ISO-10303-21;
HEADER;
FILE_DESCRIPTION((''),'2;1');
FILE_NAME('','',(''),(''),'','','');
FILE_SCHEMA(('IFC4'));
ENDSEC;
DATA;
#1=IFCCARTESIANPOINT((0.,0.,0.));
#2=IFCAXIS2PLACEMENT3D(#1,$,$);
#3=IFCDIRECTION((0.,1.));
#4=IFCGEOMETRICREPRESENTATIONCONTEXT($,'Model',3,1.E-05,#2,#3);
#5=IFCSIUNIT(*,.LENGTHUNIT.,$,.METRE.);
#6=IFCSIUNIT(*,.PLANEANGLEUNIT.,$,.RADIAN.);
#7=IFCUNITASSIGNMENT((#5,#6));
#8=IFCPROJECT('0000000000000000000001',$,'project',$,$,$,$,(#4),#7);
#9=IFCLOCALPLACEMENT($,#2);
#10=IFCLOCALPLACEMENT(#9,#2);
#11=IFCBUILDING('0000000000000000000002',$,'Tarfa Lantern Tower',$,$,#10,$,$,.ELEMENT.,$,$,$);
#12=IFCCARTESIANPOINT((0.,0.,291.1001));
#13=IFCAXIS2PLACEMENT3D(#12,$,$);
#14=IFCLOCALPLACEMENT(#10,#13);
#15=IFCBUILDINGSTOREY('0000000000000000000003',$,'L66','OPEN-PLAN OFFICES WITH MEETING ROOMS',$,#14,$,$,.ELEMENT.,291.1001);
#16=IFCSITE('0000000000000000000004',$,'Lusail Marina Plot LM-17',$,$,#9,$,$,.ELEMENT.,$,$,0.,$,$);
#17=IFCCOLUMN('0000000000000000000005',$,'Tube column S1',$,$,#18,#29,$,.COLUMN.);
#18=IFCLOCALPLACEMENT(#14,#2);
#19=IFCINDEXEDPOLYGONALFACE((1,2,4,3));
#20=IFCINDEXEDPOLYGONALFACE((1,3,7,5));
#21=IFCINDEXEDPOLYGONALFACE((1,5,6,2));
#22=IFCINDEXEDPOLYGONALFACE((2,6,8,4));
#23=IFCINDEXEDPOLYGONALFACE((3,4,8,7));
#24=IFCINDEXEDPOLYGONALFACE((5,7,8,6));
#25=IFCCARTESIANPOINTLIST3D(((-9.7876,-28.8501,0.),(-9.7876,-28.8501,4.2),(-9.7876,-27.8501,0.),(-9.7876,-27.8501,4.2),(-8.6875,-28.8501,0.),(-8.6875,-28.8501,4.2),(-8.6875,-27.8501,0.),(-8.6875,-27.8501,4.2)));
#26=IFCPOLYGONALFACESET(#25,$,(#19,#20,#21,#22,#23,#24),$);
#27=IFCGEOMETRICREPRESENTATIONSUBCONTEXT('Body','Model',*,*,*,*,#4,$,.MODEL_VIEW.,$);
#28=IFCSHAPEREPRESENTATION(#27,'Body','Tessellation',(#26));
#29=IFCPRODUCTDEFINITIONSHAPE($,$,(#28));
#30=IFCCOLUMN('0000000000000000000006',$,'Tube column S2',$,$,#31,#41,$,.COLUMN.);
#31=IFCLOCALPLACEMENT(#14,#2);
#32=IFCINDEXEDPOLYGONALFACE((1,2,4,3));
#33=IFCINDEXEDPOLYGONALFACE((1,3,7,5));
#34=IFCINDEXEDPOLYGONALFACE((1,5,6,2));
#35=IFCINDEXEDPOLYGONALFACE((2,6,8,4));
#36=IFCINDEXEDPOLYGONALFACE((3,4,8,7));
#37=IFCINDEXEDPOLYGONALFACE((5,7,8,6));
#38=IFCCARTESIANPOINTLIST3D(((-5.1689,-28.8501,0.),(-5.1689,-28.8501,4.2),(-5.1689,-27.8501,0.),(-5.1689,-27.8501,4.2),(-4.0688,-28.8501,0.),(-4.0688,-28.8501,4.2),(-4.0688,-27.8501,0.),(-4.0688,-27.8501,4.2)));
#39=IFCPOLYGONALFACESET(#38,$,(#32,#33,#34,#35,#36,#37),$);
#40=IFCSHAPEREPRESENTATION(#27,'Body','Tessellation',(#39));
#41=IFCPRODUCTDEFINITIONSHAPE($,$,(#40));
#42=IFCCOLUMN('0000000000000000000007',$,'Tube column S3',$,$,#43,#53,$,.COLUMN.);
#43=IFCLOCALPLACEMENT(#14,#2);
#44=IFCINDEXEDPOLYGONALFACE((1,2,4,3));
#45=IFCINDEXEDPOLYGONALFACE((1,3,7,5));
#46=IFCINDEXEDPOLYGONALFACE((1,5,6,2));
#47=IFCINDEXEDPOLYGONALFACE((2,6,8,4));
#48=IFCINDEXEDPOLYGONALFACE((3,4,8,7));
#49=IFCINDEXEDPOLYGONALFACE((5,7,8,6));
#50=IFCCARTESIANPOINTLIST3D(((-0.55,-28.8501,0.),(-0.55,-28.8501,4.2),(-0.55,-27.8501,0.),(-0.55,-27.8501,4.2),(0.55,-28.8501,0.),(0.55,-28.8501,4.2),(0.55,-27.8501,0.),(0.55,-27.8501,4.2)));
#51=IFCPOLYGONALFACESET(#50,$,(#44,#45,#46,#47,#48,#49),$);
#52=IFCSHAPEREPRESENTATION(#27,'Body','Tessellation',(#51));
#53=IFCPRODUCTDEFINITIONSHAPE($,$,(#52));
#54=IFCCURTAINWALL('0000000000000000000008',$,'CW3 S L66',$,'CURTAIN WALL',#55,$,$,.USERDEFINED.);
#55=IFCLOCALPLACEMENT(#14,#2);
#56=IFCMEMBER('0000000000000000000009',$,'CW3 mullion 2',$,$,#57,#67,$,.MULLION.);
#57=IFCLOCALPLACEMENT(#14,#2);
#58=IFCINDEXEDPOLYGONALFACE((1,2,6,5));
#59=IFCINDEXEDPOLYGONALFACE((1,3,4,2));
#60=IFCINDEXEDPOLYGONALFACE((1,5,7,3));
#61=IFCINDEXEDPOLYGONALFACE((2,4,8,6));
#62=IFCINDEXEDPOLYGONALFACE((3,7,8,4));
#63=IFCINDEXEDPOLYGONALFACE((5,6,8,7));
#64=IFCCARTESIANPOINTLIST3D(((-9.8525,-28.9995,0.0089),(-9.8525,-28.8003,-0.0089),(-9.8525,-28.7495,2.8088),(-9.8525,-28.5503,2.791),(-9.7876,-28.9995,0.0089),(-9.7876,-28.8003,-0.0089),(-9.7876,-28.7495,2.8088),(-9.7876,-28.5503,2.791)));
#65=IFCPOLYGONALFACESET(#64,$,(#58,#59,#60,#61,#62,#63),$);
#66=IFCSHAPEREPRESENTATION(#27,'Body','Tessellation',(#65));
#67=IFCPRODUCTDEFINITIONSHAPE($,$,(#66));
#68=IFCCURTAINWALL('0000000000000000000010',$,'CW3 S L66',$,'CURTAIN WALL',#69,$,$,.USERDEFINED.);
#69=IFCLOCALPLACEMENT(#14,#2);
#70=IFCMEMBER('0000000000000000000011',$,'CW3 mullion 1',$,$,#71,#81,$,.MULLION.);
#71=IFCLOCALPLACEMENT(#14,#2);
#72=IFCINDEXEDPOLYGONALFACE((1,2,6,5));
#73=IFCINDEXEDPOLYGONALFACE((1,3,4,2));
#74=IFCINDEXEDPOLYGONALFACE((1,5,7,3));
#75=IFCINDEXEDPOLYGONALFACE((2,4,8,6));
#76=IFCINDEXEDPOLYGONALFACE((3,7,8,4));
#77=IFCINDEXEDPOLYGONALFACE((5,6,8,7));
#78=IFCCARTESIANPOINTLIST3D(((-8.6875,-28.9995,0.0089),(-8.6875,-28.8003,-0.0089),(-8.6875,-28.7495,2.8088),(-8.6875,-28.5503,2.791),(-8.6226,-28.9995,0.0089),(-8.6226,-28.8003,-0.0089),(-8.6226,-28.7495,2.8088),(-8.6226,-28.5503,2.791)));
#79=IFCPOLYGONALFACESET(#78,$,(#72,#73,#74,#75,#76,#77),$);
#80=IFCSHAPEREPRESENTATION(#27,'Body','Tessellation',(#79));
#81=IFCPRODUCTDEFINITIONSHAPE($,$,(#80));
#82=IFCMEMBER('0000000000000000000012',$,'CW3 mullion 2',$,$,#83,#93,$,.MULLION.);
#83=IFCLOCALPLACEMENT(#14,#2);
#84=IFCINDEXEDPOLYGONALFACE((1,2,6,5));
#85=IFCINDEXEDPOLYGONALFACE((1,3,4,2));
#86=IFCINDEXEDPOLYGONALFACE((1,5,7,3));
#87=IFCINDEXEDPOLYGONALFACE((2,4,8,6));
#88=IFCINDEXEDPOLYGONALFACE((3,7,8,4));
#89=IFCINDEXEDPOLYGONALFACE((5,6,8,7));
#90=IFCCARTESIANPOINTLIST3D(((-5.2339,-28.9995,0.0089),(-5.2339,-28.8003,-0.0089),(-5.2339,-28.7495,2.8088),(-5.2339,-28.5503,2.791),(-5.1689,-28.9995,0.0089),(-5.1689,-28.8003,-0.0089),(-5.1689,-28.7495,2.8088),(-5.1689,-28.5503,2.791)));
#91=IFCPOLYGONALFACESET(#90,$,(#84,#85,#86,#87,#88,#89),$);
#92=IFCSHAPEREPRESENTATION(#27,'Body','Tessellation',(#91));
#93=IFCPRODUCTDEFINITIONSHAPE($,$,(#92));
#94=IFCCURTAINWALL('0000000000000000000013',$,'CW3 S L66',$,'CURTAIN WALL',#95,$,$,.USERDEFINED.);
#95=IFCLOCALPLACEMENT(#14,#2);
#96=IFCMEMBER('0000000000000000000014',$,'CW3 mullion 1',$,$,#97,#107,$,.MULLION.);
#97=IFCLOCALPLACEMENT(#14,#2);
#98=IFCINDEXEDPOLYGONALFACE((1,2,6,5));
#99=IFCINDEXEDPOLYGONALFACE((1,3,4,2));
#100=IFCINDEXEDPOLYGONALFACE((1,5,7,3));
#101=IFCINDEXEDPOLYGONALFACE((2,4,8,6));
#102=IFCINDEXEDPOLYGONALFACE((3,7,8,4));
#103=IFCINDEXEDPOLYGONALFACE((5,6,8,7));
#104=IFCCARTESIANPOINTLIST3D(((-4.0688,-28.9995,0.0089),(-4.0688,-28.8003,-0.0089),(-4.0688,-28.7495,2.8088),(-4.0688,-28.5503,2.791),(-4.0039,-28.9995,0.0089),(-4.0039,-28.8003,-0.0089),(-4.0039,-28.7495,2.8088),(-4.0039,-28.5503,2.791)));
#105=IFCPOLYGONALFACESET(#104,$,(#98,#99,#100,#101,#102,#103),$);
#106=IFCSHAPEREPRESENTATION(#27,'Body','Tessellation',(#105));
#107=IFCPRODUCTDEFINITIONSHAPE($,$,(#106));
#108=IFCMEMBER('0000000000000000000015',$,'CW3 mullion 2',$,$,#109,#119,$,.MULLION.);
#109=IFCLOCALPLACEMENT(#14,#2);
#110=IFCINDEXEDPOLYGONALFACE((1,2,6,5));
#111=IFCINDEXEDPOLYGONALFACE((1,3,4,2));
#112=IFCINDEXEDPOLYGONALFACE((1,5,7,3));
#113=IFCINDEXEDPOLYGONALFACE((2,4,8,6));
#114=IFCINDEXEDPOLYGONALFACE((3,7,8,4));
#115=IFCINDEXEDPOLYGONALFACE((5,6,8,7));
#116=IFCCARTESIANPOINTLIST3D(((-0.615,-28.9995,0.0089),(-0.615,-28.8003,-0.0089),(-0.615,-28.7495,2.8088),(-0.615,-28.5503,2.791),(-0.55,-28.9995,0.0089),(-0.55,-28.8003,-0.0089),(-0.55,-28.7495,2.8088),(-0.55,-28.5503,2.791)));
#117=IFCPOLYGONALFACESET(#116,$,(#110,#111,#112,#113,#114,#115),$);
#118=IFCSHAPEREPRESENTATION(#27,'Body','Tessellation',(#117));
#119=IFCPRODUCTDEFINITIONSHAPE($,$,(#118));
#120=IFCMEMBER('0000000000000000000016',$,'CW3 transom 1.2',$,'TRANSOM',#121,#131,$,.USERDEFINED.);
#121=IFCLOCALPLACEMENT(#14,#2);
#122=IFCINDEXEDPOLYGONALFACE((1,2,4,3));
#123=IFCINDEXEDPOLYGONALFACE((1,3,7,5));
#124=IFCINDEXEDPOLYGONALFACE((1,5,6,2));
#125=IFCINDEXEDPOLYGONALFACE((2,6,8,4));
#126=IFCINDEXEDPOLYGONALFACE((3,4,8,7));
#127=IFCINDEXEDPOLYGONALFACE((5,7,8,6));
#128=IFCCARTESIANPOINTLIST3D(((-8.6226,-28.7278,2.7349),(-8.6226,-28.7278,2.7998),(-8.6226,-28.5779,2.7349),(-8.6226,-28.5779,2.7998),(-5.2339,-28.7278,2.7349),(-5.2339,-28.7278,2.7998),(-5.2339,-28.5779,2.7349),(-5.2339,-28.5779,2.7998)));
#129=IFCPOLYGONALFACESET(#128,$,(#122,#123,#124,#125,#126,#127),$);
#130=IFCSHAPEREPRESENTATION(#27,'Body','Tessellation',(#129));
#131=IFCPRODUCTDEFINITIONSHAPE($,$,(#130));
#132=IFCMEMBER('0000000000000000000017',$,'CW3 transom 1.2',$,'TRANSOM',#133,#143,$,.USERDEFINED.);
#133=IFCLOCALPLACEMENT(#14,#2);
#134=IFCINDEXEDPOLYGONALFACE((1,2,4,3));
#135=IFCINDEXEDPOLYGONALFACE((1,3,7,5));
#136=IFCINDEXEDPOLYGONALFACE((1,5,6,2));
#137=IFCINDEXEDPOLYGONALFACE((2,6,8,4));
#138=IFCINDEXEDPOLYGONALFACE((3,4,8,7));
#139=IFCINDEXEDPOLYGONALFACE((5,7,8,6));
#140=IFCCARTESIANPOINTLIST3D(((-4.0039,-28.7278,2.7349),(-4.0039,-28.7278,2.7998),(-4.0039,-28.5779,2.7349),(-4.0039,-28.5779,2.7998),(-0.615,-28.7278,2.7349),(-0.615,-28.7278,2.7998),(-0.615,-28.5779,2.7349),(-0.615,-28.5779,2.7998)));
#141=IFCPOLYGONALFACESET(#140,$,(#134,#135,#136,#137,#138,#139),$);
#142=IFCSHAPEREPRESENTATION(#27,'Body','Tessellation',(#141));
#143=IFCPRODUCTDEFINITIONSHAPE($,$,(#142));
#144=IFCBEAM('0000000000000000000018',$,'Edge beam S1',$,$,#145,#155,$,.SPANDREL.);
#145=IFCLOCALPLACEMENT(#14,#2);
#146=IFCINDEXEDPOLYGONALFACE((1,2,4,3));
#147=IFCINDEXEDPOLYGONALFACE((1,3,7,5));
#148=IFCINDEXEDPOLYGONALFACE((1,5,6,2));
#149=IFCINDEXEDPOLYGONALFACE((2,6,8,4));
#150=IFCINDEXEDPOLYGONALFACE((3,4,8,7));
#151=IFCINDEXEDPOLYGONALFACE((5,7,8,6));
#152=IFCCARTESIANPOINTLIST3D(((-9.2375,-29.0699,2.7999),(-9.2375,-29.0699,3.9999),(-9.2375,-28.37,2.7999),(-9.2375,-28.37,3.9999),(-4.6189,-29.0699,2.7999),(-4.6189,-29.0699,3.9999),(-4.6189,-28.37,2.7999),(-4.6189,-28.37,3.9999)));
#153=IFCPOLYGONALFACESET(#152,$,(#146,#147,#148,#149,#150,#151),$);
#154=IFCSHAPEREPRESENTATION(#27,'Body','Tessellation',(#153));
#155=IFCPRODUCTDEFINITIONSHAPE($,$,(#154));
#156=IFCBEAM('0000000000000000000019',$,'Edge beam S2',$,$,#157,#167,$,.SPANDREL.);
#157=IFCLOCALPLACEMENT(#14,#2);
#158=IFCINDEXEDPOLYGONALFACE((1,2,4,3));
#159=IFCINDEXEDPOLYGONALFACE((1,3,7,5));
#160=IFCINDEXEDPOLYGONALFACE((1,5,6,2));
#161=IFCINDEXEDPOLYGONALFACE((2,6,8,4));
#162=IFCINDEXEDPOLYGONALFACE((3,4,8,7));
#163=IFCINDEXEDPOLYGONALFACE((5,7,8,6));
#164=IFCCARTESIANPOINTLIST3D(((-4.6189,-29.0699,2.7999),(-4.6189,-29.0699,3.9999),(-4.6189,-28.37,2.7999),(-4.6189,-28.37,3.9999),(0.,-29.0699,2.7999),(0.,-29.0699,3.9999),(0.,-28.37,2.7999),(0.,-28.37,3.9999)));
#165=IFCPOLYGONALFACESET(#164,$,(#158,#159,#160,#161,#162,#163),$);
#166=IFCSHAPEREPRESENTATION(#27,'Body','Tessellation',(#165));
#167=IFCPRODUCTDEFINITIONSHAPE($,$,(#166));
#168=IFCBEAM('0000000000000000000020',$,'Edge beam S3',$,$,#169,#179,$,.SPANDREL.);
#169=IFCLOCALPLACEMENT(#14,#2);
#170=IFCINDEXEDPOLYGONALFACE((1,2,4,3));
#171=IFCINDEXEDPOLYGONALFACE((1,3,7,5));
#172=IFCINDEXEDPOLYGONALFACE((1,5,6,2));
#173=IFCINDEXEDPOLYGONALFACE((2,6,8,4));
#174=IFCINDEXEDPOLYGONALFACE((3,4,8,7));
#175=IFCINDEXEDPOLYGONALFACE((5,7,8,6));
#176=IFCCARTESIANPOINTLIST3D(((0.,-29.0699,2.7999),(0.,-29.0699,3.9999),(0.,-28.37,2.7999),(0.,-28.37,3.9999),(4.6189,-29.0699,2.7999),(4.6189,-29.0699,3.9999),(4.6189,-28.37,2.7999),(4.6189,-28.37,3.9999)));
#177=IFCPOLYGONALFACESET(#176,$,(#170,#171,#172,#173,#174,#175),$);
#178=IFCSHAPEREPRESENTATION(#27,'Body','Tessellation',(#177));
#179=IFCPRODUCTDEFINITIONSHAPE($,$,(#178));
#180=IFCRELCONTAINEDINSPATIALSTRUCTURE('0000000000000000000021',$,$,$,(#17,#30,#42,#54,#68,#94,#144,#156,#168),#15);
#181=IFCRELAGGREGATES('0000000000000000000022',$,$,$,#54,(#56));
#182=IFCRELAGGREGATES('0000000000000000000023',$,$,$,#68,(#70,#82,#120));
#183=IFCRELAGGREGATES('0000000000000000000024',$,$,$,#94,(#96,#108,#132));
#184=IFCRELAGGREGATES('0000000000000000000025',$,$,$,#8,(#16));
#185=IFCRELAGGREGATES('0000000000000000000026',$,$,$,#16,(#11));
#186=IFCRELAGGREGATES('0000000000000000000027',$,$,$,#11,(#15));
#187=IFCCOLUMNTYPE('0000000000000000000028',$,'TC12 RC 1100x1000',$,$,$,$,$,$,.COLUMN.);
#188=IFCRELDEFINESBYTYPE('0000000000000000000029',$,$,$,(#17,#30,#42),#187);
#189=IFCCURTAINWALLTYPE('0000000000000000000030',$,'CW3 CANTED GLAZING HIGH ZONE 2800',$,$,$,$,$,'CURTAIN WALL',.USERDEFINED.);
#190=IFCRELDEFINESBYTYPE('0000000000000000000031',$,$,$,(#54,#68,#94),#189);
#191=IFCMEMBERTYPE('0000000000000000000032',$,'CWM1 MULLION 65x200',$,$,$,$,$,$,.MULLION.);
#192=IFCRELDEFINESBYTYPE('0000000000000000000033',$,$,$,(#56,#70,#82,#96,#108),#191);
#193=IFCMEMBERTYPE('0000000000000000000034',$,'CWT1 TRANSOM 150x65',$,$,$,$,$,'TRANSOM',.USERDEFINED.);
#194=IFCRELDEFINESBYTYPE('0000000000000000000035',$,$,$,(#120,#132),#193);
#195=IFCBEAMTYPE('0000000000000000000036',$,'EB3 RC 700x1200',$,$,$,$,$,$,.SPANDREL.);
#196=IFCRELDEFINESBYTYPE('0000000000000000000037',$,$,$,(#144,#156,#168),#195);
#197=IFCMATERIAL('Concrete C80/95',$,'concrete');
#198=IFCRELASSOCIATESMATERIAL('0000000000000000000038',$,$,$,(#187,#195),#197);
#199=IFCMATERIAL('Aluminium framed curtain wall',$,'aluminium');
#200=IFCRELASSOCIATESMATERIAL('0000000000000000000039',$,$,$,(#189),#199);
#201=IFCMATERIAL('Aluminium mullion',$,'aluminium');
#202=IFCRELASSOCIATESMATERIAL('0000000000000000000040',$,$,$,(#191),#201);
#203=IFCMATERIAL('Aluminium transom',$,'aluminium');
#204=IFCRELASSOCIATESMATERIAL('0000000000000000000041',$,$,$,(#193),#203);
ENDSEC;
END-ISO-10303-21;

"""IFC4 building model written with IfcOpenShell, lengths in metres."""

from ifc_helpers import new_model, si_unit, direction, frame, origin, origin_2d, place, context, subcontext, project, spatial, rectangle, extrude, material, material_profile, profile_set, type_object, element, aggregate, save


model = new_model("IFC4")

# Units and contexts
model_context = context("Model", 3, precision=1e-05, world=origin(), true_north=direction((0.0, 1.0)))
body_context = subcontext(model_context, "Body", "Model", "MODEL_VIEW")
ifc_project = project(units=[si_unit("LENGTHUNIT", "METRE"), si_unit("PLANEANGLEUNIT", "RADIAN")], contexts=[model_context])

# Site, building, storey
site_placement = place(None, origin())
site = spatial("IfcSite", under=ifc_project, at=site_placement, Name="Lusail Marina Plot LM-17", CompositionType="ELEMENT", RefElevation=0.0)
building_placement = place(site_placement, origin())
building = spatial("IfcBuilding", under=site, at=building_placement, Name="Tarfa Lantern Tower", CompositionType="ELEMENT")
storey_placement = place(building_placement, frame((0.0, 0.0, 291.1001)))
storey = spatial("IfcBuildingStorey", under=building, at=storey_placement, Name="L66", Description="OPEN-PLAN OFFICES WITH MEETING ROOMS", CompositionType="ELEMENT", Elevation=291.1001)

# Columns
ifc_material_1 = material(Name="Concrete C80/95", Category="concrete")
ifc_material_profile_1 = material_profile(ifc_material_1, rectangle(XDim=1.1001, YDim=1.0, at=origin_2d()), Name="RC 1100x1000")
ifc_profile_set_1 = profile_set([ifc_material_profile_1], Name="Concrete C80/95")
column_type = type_object("IfcColumnType", Name="TC12 RC 1100x1000", PredefinedType="COLUMN", material=ifc_profile_set_1)
for number, where, z_axis, x_axis, name in (
    (1, (-9.2375, -28.3501, 0.0), (0.0, 0.0, 1.0), (1.0, 0.0, 0.0), "Tube column S1"),
    (2, (-4.6189, -28.3501, 0.0), (0.0, 0.0, 1.0), (1.0, 0.0, 0.0), "Tube column S2"),
    (3, (0.0, -28.3501, 0.0), (0.0, 0.0, 1.0), (1.0, 0.0, 0.0), "Tube column S3"),
):
    element("IfcColumn", number, at=place(storey_placement, frame(where, z_axis=z_axis, x_axis=x_axis)), inside=storey, type_object=column_type, Name=name, PredefinedType="COLUMN", context=body_context, shape_type="SweptSolid", body=[
        extrude(rectangle(XDim=1.1001, YDim=1.0, at=origin_2d()), origin(), (0.0, 0.0, 1.0), 4.2),
    ])

# Curtain wall, member
ifc_material_2 = material(Name="Aluminium framed curtain wall", Category="aluminium")
curtain_wall_type = type_object("IfcCurtainWallType", Name="CW3 CANTED GLAZING HIGH ZONE 2800", ElementType="CURTAIN WALL", PredefinedType="USERDEFINED", material=ifc_material_2)
curtain_wall_1_placement = place(storey_placement, origin())
curtain_wall_1 = element("IfcCurtainWall", 4, at=curtain_wall_1_placement, inside=storey, type_object=curtain_wall_type, Name="CW3 S L66", ObjectType="CURTAIN WALL", PredefinedType="USERDEFINED")
ifc_material_3 = material(Name="Aluminium mullion", Category="aluminium")
ifc_material_profile_2 = material_profile(ifc_material_3, rectangle(XDim=0.0649, YDim=0.2, at=origin_2d()), Name="AL MULLION 65x200")
ifc_profile_set_2 = profile_set([ifc_material_profile_2], Name="Aluminium mullion")
member_type_1 = type_object("IfcMemberType", Name="CWM1 MULLION 65x200", PredefinedType="MULLION", material=ifc_profile_set_2)
member_1_placement = place(storey_placement, frame((-9.8201, -28.8999, 0.0), z_axis=(0.0, 0.088938, 0.996037), x_axis=(-1.0, 0.0, 0.0)))
member_1 = element("IfcMember", 5, at=member_1_placement, type_object=member_type_1, Name="CW3 mullion 2", PredefinedType="MULLION", context=body_context, shape_type="SweptSolid", body=[
    extrude(rectangle(XDim=0.0649, YDim=0.2, at=origin_2d()), origin(), (0.0, 0.0, 1.0), 2.811),
])
aggregate(curtain_wall_1, [member_1])

# Curtain walls, members
curtain_wall_2_placement = place(storey_placement, origin())
curtain_wall_2 = element("IfcCurtainWall", 6, at=curtain_wall_2_placement, inside=storey, type_object=curtain_wall_type, Name="CW3 S L66", ObjectType="CURTAIN WALL", PredefinedType="USERDEFINED")
member_2_placement = place(storey_placement, frame((-8.655, -28.8999, 0.0), z_axis=(0.0, 0.088938, 0.996037), x_axis=(-1.0, 0.0, 0.0)))
member_2 = element("IfcMember", 7, at=member_2_placement, type_object=member_type_1, Name="CW3 mullion 1", PredefinedType="MULLION", context=body_context, shape_type="SweptSolid", body=[
    extrude(rectangle(XDim=0.0649, YDim=0.2, at=origin_2d()), origin(), (0.0, 0.0, 1.0), 2.811),
])
member_3_placement = place(storey_placement, frame((-5.2014, -28.8999, 0.0), z_axis=(0.0, 0.088938, 0.996037), x_axis=(-1.0, 0.0, 0.0)))
member_3 = element("IfcMember", 8, at=member_3_placement, type_object=member_type_1, Name="CW3 mullion 2", PredefinedType="MULLION", context=body_context, shape_type="SweptSolid", body=[
    extrude(rectangle(XDim=0.0649, YDim=0.2, at=origin_2d()), origin(), (0.0, 0.0, 1.0), 2.811),
])
curtain_wall_3_placement = place(storey_placement, origin())
curtain_wall_3 = element("IfcCurtainWall", 9, at=curtain_wall_3_placement, inside=storey, type_object=curtain_wall_type, Name="CW3 S L66", ObjectType="CURTAIN WALL", PredefinedType="USERDEFINED")
member_4_placement = place(storey_placement, frame((-4.0364, -28.8999, 0.0), z_axis=(0.0, 0.088938, 0.996037), x_axis=(-1.0, 0.0, 0.0)))
member_4 = element("IfcMember", 10, at=member_4_placement, type_object=member_type_1, Name="CW3 mullion 1", PredefinedType="MULLION", context=body_context, shape_type="SweptSolid", body=[
    extrude(rectangle(XDim=0.0649, YDim=0.2, at=origin_2d()), origin(), (0.0, 0.0, 1.0), 2.811),
])
member_5_placement = place(storey_placement, frame((-0.5825, -28.8999, 0.0), z_axis=(0.0, 0.088938, 0.996037), x_axis=(-1.0, 0.0, 0.0)))
member_5 = element("IfcMember", 11, at=member_5_placement, type_object=member_type_1, Name="CW3 mullion 2", PredefinedType="MULLION", context=body_context, shape_type="SweptSolid", body=[
    extrude(rectangle(XDim=0.0649, YDim=0.2, at=origin_2d()), origin(), (0.0, 0.0, 1.0), 2.811),
])

# Members
ifc_material_4 = material(Name="Aluminium transom", Category="aluminium")
ifc_material_profile_3 = material_profile(ifc_material_4, rectangle(XDim=0.1499, YDim=0.0649, at=origin_2d()), Name="AL TRANSOM 150x65")
ifc_profile_set_3 = profile_set([ifc_material_profile_3], Name="Aluminium transom")
member_type_2 = type_object("IfcMemberType", Name="CWT1 TRANSOM 150x65", ElementType="TRANSOM", PredefinedType="USERDEFINED", material=ifc_profile_set_3)
member_6_placement = place(storey_placement, frame((-8.6226, -28.6528, 2.7673), z_axis=(1.0, 0.0, 0.0), x_axis=(0.0, 1.0, 0.0)))
member_6 = element("IfcMember", 12, at=member_6_placement, type_object=member_type_2, Name="CW3 transom 1.2", ObjectType="TRANSOM", PredefinedType="USERDEFINED", context=body_context, shape_type="SweptSolid", body=[
    extrude(rectangle(XDim=0.1499, YDim=0.0649, at=origin_2d()), origin(), (0.0, 0.0, 1.0), 3.3887),
])
member_7_placement = place(storey_placement, frame((-4.0039, -28.6528, 2.7673), z_axis=(1.0, 0.0, 0.0), x_axis=(0.0, 1.0, 0.0)))
member_7 = element("IfcMember", 13, at=member_7_placement, type_object=member_type_2, Name="CW3 transom 1.2", ObjectType="TRANSOM", PredefinedType="USERDEFINED", context=body_context, shape_type="SweptSolid", body=[
    extrude(rectangle(XDim=0.1499, YDim=0.0649, at=origin_2d()), origin(), (0.0, 0.0, 1.0), 3.3889),
])

# Beams
ifc_material_profile_4 = material_profile(ifc_material_1, rectangle(XDim=0.7, YDim=1.2, at=origin_2d()), Name="RC 700x1200")
ifc_profile_set_4 = profile_set([ifc_material_profile_4], Name="Concrete C80/95")
beam_type_1 = type_object("IfcBeamType", Name="EB3 RC 700x1200", PredefinedType="SPANDREL", material=ifc_profile_set_4)
beam_placement = place(storey_placement, frame((-9.2375, -28.72, 3.3999), z_axis=(1.0, 0.0, 0.0), x_axis=(0.0, 1.0, 0.0)))
element("IfcBeam", 14, at=beam_placement, inside=storey, type_object=beam_type_1, Name="Edge beam S1", PredefinedType="SPANDREL", context=body_context, shape_type="SweptSolid", body=[
    extrude(rectangle(XDim=0.7, YDim=1.2, at=origin_2d()), origin(), (0.0, 0.0, 1.0), 4.6187),
])
for number, where, z_axis, x_axis, name in (
    (15, (-4.6189, -28.72, 3.3999), (1.0, 0.0, 0.0), (0.0, 1.0, 0.0), "Edge beam S2"),
    (16, (0.0, -28.72, 3.3999), (1.0, 0.0, 0.0), (0.0, 1.0, 0.0), "Edge beam S3"),
):
    element("IfcBeam", number, at=place(storey_placement, frame(where, z_axis=z_axis, x_axis=x_axis)), inside=storey, type_object=beam_type_1, Name=name, PredefinedType="SPANDREL", context=body_context, shape_type="SweptSolid", body=[
        extrude(rectangle(XDim=0.7, YDim=1.2, at=origin_2d()), origin(), (0.0, 0.0, 1.0), 4.6189),
    ])

aggregate(curtain_wall_2, [member_2, member_3, member_6])
aggregate(curtain_wall_3, [member_4, member_5, member_7])

save(model, "model.ifc")
